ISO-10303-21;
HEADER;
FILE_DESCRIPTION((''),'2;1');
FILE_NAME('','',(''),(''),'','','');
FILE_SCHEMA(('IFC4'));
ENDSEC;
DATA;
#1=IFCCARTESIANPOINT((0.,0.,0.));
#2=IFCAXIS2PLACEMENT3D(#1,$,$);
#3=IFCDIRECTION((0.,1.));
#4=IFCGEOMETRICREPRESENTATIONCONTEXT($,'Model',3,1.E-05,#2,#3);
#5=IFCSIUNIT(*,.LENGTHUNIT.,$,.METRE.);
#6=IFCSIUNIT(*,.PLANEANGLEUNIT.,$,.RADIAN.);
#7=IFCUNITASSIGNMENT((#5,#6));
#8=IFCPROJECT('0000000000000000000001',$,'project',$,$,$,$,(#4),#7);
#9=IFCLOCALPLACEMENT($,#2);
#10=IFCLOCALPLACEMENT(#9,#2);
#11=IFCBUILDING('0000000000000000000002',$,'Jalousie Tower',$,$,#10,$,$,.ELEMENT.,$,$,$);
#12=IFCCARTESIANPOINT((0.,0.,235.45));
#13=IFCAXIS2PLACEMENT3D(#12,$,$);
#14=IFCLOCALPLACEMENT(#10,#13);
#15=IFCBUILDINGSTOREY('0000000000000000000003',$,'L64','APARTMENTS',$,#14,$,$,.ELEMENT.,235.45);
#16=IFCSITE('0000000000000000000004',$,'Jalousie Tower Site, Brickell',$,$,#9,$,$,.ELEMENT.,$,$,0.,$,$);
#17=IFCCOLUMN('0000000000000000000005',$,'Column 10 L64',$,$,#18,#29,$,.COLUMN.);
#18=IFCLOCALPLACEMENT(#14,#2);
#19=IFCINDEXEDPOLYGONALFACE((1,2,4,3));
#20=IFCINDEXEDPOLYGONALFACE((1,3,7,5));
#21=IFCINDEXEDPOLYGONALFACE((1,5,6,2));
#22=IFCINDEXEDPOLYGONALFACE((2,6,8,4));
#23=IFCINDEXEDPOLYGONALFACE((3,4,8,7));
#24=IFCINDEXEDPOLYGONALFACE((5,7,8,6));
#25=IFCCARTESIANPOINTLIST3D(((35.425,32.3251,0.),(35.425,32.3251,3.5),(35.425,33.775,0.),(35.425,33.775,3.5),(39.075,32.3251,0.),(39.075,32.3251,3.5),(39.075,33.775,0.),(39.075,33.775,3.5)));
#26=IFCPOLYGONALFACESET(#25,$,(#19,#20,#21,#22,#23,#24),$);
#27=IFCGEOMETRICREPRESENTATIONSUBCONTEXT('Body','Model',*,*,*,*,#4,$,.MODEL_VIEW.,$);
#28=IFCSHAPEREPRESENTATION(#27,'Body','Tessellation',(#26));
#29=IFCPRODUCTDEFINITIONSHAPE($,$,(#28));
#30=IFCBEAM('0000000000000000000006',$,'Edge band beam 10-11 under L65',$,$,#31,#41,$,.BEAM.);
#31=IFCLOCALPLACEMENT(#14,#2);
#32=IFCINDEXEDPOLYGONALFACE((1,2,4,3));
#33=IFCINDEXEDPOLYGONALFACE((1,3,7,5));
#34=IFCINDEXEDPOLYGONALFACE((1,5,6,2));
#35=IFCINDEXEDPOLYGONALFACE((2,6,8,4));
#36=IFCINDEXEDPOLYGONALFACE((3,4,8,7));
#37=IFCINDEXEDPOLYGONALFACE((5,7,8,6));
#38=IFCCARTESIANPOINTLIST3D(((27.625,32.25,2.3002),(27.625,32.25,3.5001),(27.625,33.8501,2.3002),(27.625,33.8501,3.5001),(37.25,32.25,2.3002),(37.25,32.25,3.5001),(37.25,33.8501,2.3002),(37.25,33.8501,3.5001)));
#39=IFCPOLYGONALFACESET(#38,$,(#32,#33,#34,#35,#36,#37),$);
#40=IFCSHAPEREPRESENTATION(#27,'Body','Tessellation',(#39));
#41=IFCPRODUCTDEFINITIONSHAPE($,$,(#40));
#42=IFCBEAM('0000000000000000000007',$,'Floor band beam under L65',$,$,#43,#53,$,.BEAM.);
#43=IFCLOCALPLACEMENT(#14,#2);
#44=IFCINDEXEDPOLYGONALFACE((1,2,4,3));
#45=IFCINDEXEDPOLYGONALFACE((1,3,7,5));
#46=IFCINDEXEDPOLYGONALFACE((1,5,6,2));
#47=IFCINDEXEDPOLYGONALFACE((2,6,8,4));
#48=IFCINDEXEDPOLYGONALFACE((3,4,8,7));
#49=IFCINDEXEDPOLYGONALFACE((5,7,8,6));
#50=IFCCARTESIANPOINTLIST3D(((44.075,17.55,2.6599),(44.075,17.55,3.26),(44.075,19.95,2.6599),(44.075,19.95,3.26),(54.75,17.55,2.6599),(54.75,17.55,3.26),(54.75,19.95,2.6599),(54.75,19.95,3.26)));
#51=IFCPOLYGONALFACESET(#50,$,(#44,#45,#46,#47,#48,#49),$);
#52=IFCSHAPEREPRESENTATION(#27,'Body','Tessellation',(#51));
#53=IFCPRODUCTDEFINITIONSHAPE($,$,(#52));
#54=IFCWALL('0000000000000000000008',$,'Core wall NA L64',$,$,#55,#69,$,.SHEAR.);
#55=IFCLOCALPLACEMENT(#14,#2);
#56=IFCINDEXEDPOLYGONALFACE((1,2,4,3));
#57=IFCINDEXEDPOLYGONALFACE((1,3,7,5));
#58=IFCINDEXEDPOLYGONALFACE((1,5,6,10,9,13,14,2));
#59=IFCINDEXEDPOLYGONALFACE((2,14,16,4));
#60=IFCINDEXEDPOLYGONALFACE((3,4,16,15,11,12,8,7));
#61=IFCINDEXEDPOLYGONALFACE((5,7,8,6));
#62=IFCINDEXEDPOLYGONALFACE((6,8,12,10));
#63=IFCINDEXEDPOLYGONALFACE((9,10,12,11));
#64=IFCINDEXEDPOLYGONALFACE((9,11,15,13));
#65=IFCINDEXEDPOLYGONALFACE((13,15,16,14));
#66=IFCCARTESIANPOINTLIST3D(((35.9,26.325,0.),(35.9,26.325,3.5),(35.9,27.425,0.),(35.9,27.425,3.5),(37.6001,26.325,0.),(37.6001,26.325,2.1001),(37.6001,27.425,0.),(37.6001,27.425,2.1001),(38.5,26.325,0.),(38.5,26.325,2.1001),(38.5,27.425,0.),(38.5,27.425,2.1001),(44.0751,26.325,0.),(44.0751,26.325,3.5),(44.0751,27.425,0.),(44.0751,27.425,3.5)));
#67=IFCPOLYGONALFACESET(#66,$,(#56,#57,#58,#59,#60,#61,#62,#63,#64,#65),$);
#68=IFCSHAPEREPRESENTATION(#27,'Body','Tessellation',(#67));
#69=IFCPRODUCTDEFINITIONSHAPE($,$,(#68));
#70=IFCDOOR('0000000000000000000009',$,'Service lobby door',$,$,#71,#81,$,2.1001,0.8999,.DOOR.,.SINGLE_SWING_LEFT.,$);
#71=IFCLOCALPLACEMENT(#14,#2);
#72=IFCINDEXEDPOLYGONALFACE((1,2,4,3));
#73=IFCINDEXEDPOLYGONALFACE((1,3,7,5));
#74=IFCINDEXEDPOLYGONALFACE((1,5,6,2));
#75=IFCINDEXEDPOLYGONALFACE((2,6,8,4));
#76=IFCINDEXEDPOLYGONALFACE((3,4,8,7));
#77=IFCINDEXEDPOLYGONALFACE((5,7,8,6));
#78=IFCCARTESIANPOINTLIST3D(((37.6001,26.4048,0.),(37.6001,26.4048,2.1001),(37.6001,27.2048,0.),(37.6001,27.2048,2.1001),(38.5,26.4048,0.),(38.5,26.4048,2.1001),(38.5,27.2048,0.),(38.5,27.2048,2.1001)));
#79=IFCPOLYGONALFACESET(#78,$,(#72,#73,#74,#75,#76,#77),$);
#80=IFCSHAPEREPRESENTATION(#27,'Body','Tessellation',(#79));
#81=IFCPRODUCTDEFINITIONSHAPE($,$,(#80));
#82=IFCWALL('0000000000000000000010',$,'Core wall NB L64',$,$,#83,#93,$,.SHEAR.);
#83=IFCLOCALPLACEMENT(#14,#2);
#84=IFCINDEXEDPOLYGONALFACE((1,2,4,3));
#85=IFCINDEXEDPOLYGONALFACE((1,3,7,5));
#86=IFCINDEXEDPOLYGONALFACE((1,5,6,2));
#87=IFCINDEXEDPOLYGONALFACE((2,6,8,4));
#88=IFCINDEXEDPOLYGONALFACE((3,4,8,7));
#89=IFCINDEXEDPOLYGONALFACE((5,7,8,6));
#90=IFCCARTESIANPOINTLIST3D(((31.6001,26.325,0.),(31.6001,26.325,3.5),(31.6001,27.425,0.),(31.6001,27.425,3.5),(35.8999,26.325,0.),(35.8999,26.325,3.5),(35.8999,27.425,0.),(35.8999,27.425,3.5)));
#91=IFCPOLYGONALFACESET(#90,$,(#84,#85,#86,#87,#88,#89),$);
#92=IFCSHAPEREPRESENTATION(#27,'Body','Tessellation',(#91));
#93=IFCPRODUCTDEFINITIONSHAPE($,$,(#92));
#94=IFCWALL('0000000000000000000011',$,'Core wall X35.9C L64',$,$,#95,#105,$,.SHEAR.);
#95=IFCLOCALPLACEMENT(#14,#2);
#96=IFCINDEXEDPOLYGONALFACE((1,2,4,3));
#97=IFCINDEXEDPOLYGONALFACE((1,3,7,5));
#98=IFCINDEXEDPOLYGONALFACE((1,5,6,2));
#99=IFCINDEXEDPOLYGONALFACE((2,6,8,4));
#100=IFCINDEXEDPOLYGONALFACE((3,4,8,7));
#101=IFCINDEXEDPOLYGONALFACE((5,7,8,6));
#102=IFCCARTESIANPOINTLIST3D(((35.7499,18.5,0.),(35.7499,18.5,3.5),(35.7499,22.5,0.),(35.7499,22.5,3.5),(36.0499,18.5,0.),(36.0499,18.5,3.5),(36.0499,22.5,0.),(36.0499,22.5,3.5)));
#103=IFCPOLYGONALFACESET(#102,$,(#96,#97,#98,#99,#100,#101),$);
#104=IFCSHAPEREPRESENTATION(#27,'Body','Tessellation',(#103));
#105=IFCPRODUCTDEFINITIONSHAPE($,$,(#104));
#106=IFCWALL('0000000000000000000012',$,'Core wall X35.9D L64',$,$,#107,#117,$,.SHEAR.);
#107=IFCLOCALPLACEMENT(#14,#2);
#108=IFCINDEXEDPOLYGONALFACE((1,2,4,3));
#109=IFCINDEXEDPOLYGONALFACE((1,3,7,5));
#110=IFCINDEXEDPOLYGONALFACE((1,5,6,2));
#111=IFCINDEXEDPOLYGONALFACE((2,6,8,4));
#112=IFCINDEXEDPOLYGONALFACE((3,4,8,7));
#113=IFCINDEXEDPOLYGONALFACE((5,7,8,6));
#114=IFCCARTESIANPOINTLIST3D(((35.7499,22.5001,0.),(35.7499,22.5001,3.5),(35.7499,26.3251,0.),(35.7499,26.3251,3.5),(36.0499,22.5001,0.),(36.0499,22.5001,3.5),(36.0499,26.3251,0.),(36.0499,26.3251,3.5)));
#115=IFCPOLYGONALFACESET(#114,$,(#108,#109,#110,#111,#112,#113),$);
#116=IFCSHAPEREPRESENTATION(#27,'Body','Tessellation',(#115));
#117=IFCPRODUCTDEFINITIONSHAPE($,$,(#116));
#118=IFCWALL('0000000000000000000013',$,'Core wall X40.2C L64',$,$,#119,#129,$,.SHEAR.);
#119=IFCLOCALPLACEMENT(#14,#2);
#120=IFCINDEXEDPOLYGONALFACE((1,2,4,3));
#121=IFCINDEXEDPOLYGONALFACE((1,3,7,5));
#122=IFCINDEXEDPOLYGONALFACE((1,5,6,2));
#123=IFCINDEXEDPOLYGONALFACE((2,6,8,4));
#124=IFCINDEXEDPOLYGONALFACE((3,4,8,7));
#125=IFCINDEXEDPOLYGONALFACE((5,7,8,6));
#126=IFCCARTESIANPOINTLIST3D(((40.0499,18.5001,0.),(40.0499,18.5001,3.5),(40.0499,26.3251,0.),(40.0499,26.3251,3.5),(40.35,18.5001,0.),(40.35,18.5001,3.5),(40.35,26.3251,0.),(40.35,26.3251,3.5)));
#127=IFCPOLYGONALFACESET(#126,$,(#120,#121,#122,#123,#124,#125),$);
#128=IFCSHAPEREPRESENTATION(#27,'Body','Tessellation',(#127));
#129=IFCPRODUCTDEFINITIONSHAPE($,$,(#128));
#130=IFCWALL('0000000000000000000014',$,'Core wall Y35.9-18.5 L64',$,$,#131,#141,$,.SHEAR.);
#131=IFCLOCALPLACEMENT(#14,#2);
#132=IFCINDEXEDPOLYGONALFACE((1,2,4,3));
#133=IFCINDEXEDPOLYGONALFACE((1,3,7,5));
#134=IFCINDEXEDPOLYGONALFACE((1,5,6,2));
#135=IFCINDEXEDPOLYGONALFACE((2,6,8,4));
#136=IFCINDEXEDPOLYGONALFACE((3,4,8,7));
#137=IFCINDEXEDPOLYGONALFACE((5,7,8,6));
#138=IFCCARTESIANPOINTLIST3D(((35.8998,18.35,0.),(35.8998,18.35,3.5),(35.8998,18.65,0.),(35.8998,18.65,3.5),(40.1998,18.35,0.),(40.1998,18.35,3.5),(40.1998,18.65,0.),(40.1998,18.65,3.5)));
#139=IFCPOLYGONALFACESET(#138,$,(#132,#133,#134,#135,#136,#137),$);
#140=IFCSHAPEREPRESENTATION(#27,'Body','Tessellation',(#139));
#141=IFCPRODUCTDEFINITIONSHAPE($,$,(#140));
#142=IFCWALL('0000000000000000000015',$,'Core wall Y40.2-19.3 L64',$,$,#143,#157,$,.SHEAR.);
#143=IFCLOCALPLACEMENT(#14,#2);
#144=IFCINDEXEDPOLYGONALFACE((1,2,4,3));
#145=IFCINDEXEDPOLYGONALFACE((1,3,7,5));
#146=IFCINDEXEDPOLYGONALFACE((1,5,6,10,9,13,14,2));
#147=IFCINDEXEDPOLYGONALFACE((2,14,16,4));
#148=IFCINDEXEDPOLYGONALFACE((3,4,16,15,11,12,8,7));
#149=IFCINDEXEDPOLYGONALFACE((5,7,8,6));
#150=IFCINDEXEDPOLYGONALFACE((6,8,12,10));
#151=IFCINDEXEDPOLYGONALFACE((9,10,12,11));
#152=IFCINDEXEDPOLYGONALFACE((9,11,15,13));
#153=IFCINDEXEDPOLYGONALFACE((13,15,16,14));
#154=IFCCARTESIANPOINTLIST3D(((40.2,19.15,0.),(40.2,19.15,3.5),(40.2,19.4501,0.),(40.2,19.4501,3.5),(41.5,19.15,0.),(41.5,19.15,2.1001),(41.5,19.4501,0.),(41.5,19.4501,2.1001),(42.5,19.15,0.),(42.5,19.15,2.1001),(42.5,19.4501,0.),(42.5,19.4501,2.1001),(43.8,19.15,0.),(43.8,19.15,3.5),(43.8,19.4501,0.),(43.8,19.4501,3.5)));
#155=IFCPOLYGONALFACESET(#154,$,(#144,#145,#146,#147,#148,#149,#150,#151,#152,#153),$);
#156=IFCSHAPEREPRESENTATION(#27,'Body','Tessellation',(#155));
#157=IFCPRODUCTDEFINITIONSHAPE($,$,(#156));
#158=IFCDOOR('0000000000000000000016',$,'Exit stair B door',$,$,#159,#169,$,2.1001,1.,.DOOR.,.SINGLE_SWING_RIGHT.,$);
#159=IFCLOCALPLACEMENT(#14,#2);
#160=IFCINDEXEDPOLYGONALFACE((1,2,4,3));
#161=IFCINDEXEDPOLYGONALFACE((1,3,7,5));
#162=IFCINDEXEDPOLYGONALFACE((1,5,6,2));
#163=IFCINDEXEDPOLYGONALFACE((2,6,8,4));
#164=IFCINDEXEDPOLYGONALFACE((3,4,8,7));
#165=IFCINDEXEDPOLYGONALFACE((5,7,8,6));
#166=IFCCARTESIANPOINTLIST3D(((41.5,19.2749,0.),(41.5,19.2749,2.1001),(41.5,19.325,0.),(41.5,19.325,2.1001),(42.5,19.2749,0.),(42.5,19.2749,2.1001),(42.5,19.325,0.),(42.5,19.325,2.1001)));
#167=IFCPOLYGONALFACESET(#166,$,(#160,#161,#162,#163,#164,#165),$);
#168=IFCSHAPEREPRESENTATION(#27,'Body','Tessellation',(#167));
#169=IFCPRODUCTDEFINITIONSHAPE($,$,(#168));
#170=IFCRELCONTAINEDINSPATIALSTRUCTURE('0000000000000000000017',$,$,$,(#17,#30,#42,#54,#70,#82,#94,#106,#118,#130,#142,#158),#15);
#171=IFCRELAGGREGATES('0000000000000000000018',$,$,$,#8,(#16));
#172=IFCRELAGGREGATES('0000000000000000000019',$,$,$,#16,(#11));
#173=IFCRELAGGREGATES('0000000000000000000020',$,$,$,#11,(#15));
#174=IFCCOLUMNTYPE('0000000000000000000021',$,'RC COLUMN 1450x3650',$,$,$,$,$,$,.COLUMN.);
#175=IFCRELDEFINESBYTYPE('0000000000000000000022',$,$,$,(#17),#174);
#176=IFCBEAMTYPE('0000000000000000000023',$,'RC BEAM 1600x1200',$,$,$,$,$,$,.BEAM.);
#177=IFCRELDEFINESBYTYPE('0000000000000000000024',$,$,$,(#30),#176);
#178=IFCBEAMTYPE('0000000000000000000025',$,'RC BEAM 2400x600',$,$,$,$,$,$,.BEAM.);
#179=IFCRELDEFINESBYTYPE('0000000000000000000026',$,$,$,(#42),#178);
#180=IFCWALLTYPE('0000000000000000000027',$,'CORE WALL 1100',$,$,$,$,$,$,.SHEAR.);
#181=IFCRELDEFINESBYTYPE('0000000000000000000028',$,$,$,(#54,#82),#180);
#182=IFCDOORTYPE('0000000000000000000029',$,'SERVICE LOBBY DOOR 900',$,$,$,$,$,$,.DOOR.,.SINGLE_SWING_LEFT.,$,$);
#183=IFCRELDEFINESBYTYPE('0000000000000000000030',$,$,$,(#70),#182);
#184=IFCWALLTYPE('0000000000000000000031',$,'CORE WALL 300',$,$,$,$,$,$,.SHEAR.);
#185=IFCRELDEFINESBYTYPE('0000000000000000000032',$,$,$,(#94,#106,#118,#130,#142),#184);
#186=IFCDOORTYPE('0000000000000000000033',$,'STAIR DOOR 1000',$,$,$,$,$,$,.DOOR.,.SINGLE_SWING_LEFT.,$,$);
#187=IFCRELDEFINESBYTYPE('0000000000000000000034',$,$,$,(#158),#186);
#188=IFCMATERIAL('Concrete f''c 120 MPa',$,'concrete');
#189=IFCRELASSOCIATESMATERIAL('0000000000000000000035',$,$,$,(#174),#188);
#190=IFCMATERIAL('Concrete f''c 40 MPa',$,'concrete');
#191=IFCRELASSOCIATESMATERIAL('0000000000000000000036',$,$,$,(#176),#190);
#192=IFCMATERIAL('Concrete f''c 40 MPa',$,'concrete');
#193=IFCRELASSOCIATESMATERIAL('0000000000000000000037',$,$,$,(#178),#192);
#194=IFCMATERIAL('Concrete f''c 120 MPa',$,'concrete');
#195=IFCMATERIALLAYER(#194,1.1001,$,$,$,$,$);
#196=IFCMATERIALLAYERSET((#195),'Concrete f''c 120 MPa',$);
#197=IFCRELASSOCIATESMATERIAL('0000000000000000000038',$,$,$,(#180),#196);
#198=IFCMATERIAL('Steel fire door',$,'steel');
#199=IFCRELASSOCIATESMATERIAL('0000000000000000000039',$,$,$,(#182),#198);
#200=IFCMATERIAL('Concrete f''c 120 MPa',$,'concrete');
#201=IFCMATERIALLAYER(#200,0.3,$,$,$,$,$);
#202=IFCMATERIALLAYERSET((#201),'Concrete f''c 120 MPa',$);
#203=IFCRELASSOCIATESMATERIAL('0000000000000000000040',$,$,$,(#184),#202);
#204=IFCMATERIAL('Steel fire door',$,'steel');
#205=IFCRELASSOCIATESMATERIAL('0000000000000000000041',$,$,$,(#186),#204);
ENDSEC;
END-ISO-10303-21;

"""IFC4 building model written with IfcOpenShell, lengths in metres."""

from ifc_helpers import new_model, si_unit, direction, frame, frame_2d, origin, origin_2d, place, context, subcontext, project, spatial, rectangle, extrude, material, layer, layer_set, material_profile, profile_set, type_object, element, fill, save


model = new_model("IFC4")

# Units and contexts
model_context = context("Model", 3, precision=1e-05, world=origin(), true_north=direction((0.0, 1.0)))
body_context = subcontext(model_context, "Body", "Model", "MODEL_VIEW")
ifc_project = project(units=[si_unit("LENGTHUNIT", "METRE"), si_unit("PLANEANGLEUNIT", "RADIAN")], contexts=[model_context])

# Site, building, storey
site_placement = place(None, origin())
site = spatial("IfcSite", under=ifc_project, at=site_placement, Name="Jalousie Tower Site, Brickell", CompositionType="ELEMENT", RefElevation=0.0)
building_placement = place(site_placement, origin())
building = spatial("IfcBuilding", under=site, at=building_placement, Name="Jalousie Tower", CompositionType="ELEMENT")
storey_placement = place(building_placement, frame((0.0, 0.0, 235.45)))
storey = spatial("IfcBuildingStorey", under=building, at=storey_placement, Name="L64", Description="APARTMENTS", CompositionType="ELEMENT", Elevation=235.45)

# Column
ifc_material_1 = material(Name="Concrete f'c 120 MPa", Category="concrete")
ifc_material_profile_1 = material_profile(ifc_material_1, rectangle(XDim=1.45, YDim=3.6499, at=origin_2d()), Name="RC 1450x3650")
ifc_profile_set_1 = profile_set([ifc_material_profile_1], Name="Concrete f'c 120 MPa")
column_type = type_object("IfcColumnType", Name="RC COLUMN 1450x3650", PredefinedType="COLUMN", material=ifc_profile_set_1)
column_placement = place(storey_placement, frame((37.25, 33.05, 0.0), z_axis=(0.0, 0.0, 1.0), x_axis=(0.0, 1.0, 0.0)))
element("IfcColumn", 1, at=column_placement, inside=storey, type_object=column_type, Name="Column 10 L64", PredefinedType="COLUMN", context=body_context, shape_type="SweptSolid", body=[
    extrude(rectangle(XDim=1.45, YDim=3.6499, at=origin_2d()), origin(), (0.0, 0.0, 1.0), 3.5),
])

# Beams
ifc_material_2 = material(Name="Concrete f'c 40 MPa", Category="concrete")
ifc_material_profile_2 = material_profile(ifc_material_2, rectangle(XDim=1.6001, YDim=1.2, at=origin_2d()), Name="RC 1600x1200")
ifc_profile_set_2 = profile_set([ifc_material_profile_2], Name="Concrete f'c 40 MPa")
beam_type_1 = type_object("IfcBeamType", Name="RC BEAM 1600x1200", PredefinedType="BEAM", material=ifc_profile_set_2)
beam_1_placement = place(storey_placement, frame((37.25, 33.05, 2.9001), z_axis=(-1.0, 0.0, 0.0), x_axis=(0.0, -1.0, 0.0)))
element("IfcBeam", 2, at=beam_1_placement, inside=storey, type_object=beam_type_1, Name="Edge band beam 10-11 under L65", PredefinedType="BEAM", context=body_context, shape_type="SweptSolid", body=[
    extrude(rectangle(XDim=1.6001, YDim=1.2, at=origin_2d()), origin(), (0.0, 0.0, 1.0), 9.625),
])
ifc_material_3 = material(Name="Concrete f'c 40 MPa", Category="concrete")
ifc_material_profile_3 = material_profile(ifc_material_3, rectangle(XDim=2.3999, YDim=0.6001, at=origin_2d()), Name="RC 2400x600")
ifc_profile_set_3 = profile_set([ifc_material_profile_3], Name="Concrete f'c 40 MPa")
beam_type_2 = type_object("IfcBeamType", Name="RC BEAM 2400x600", PredefinedType="BEAM", material=ifc_profile_set_3)
beam_2_placement = place(storey_placement, frame((44.075, 18.75, 2.96), z_axis=(1.0, 0.0, 0.0), x_axis=(0.0, 1.0, 0.0)))
element("IfcBeam", 3, at=beam_2_placement, inside=storey, type_object=beam_type_2, Name="Floor band beam under L65", PredefinedType="BEAM", context=body_context, shape_type="SweptSolid", body=[
    extrude(rectangle(XDim=2.3999, YDim=0.6001, at=origin_2d()), origin(), (0.0, 0.0, 1.0), 10.675),
])

# Wall, opening, door
ifc_material_4 = material(Name="Concrete f'c 120 MPa", Category="concrete")
ifc_layer_1 = layer(ifc_material_4, 1.1001)
ifc_layer_set_1 = layer_set([ifc_layer_1], Name="Concrete f'c 120 MPa")
wall_type_1 = type_object("IfcWallType", Name="CORE WALL 1100", PredefinedType="SHEAR", material=ifc_layer_set_1)
wall_1_placement = place(storey_placement, frame((44.075, 26.875, 0.0), z_axis=(0.0, 0.0, 1.0), x_axis=(-1.0, 0.0, 0.0)))
wall_1 = element("IfcWall", 4, at=wall_1_placement, inside=storey, type_object=wall_type_1, Name="Core wall NA L64", PredefinedType="SHEAR", context=body_context, shape_type="SweptSolid", body=[
    extrude(rectangle(XDim=8.175, YDim=1.1001, at=frame_2d((4.0874, 0.0))), origin(), (0.0, 0.0, 1.0), 3.5),
])
opening_1_placement = place(wall_1_placement, frame((5.575, 0.0, 0.0)))
opening_1 = element("IfcOpeningElement", 5, at=opening_1_placement, cuts=wall_1, PredefinedType="OPENING", context=body_context, shape_type="SweptSolid", body=[
    extrude(rectangle(XDim=0.8999, YDim=2.1001, at=frame_2d((0.45, 1.05))), frame((0.0, 0.5601, 0.0), z_axis=(0.0, -1.0, 0.0), x_axis=(1.0, 0.0, 0.0)), (0.0, 0.0, 1.0), 1.1201),
])
ifc_material_5 = material(Name="Steel fire door", Category="steel")
door_type_1 = type_object("IfcDoorType", Name="SERVICE LOBBY DOOR 900", OperationType="SINGLE_SWING_LEFT", PredefinedType="DOOR", material=ifc_material_5)
door_1_placement = place(opening_1_placement, origin())
door_1 = element("IfcDoor", 6, at=door_1_placement, inside=storey, type_object=door_type_1, Name="Service lobby door", OperationType="SINGLE_SWING_LEFT", OverallHeight=2.1001, OverallWidth=0.8999, PredefinedType="DOOR", context=body_context, shape_type="SweptSolid", body=[
    extrude(rectangle(XDim=0.8999, YDim=2.1001, at=frame_2d((0.45, 1.05))), frame((0.0, 0.4702, 0.0), z_axis=(0.0, -1.0, 0.0), x_axis=(1.0, 0.0, 0.0)), (0.0, 0.0, 1.0), 0.8),
])
fill(opening_1, door_1)

# Walls
wall_2_placement = place(storey_placement, frame((35.8999, 26.875, 0.0), z_axis=(0.0, 0.0, 1.0), x_axis=(-1.0, 0.0, 0.0)))
element("IfcWall", 7, at=wall_2_placement, inside=storey, type_object=wall_type_1, Name="Core wall NB L64", PredefinedType="SHEAR", context=body_context, shape_type="SweptSolid", body=[
    extrude(rectangle(XDim=4.2998, YDim=1.1001, at=frame_2d((2.1499, 0.0))), origin(), (0.0, 0.0, 1.0), 3.5),
])
ifc_material_6 = material(Name="Concrete f'c 120 MPa", Category="concrete")
ifc_layer_2 = layer(ifc_material_6, 0.3)
ifc_layer_set_2 = layer_set([ifc_layer_2], Name="Concrete f'c 120 MPa")
wall_type_2 = type_object("IfcWallType", Name="CORE WALL 300", PredefinedType="SHEAR", material=ifc_layer_set_2)
wall_3_placement = place(storey_placement, frame((35.8999, 18.5, 0.0), z_axis=(0.0, 0.0, 1.0), x_axis=(0.0, 1.0, 0.0)))
element("IfcWall", 8, at=wall_3_placement, inside=storey, type_object=wall_type_2, Name="Core wall X35.9C L64", PredefinedType="SHEAR", context=body_context, shape_type="SweptSolid", body=[
    extrude(rectangle(XDim=4.0, YDim=0.3, at=frame_2d((2.0, 0.0))), origin(), (0.0, 0.0, 1.0), 3.5),
])
wall_4_placement = place(storey_placement, frame((35.8999, 22.5, 0.0), z_axis=(0.0, 0.0, 1.0), x_axis=(0.0, 1.0, 0.0)))
element("IfcWall", 9, at=wall_4_placement, inside=storey, type_object=wall_type_2, Name="Core wall X35.9D L64", PredefinedType="SHEAR", context=body_context, shape_type="SweptSolid", body=[
    extrude(rectangle(XDim=3.825, YDim=0.3, at=frame_2d((1.9126, 0.0))), origin(), (0.0, 0.0, 1.0), 3.5),
])
wall_5_placement = place(storey_placement, frame((40.2, 18.5, 0.0), z_axis=(0.0, 0.0, 1.0), x_axis=(0.0, 1.0, 0.0)))
element("IfcWall", 10, at=wall_5_placement, inside=storey, type_object=wall_type_2, Name="Core wall X40.2C L64", PredefinedType="SHEAR", context=body_context, shape_type="SweptSolid", body=[
    extrude(rectangle(XDim=7.825, YDim=0.3, at=frame_2d((3.9126, 0.0))), origin(), (0.0, 0.0, 1.0), 3.5),
])
wall_6_placement = place(storey_placement, frame((35.8999, 18.5, 0.0), z_axis=(0.0, 0.0, 1.0), x_axis=(1.0, 0.0, 0.0)))
element("IfcWall", 11, at=wall_6_placement, inside=storey, type_object=wall_type_2, Name="Core wall Y35.9-18.5 L64", PredefinedType="SHEAR", context=body_context, shape_type="SweptSolid", body=[
    extrude(rectangle(XDim=4.3, YDim=0.3, at=frame_2d((2.1499, 0.0))), origin(), (0.0, 0.0, 1.0), 3.5),
])

# Wall, opening, door
wall_7_placement = place(storey_placement, frame((40.2, 19.3, 0.0), z_axis=(0.0, 0.0, 1.0), x_axis=(1.0, 0.0, 0.0)))
wall_7 = element("IfcWall", 12, at=wall_7_placement, inside=storey, type_object=wall_type_2, Name="Core wall Y40.2-19.3 L64", PredefinedType="SHEAR", context=body_context, shape_type="SweptSolid", body=[
    extrude(rectangle(XDim=3.6001, YDim=0.3, at=frame_2d((1.8, 0.0))), origin(), (0.0, 0.0, 1.0), 3.5),
])
opening_2_placement = place(wall_7_placement, frame((1.3, 0.0, 0.0)))
opening_2 = element("IfcOpeningElement", 13, at=opening_2_placement, cuts=wall_7, PredefinedType="OPENING", context=body_context, shape_type="SweptSolid", body=[
    extrude(rectangle(XDim=1.0, YDim=2.1001, at=frame_2d((0.5, 1.05))), frame((0.0, 0.1599, 0.0), z_axis=(0.0, -1.0, 0.0), x_axis=(1.0, 0.0, 0.0)), (0.0, 0.0, 1.0), 0.3201),
])
ifc_material_7 = material(Name="Steel fire door", Category="steel")
door_type_2 = type_object("IfcDoorType", Name="STAIR DOOR 1000", OperationType="SINGLE_SWING_LEFT", PredefinedType="DOOR", material=ifc_material_7)
door_2_placement = place(opening_2_placement, origin())
door_2 = element("IfcDoor", 14, at=door_2_placement, inside=storey, type_object=door_type_2, Name="Exit stair B door", OperationType="SINGLE_SWING_RIGHT", OverallHeight=2.1001, OverallWidth=1.0, PredefinedType="DOOR", context=body_context, shape_type="SweptSolid", body=[
    extrude(rectangle(XDim=1.0, YDim=2.1001, at=frame_2d((0.5, 1.05))), frame((0.0, 0.0249, 0.0), z_axis=(0.0, -1.0, 0.0), x_axis=(1.0, 0.0, 0.0)), (0.0, 0.0, 1.0), 0.05),
])
fill(opening_2, door_2)

save(model, "model.ifc")
